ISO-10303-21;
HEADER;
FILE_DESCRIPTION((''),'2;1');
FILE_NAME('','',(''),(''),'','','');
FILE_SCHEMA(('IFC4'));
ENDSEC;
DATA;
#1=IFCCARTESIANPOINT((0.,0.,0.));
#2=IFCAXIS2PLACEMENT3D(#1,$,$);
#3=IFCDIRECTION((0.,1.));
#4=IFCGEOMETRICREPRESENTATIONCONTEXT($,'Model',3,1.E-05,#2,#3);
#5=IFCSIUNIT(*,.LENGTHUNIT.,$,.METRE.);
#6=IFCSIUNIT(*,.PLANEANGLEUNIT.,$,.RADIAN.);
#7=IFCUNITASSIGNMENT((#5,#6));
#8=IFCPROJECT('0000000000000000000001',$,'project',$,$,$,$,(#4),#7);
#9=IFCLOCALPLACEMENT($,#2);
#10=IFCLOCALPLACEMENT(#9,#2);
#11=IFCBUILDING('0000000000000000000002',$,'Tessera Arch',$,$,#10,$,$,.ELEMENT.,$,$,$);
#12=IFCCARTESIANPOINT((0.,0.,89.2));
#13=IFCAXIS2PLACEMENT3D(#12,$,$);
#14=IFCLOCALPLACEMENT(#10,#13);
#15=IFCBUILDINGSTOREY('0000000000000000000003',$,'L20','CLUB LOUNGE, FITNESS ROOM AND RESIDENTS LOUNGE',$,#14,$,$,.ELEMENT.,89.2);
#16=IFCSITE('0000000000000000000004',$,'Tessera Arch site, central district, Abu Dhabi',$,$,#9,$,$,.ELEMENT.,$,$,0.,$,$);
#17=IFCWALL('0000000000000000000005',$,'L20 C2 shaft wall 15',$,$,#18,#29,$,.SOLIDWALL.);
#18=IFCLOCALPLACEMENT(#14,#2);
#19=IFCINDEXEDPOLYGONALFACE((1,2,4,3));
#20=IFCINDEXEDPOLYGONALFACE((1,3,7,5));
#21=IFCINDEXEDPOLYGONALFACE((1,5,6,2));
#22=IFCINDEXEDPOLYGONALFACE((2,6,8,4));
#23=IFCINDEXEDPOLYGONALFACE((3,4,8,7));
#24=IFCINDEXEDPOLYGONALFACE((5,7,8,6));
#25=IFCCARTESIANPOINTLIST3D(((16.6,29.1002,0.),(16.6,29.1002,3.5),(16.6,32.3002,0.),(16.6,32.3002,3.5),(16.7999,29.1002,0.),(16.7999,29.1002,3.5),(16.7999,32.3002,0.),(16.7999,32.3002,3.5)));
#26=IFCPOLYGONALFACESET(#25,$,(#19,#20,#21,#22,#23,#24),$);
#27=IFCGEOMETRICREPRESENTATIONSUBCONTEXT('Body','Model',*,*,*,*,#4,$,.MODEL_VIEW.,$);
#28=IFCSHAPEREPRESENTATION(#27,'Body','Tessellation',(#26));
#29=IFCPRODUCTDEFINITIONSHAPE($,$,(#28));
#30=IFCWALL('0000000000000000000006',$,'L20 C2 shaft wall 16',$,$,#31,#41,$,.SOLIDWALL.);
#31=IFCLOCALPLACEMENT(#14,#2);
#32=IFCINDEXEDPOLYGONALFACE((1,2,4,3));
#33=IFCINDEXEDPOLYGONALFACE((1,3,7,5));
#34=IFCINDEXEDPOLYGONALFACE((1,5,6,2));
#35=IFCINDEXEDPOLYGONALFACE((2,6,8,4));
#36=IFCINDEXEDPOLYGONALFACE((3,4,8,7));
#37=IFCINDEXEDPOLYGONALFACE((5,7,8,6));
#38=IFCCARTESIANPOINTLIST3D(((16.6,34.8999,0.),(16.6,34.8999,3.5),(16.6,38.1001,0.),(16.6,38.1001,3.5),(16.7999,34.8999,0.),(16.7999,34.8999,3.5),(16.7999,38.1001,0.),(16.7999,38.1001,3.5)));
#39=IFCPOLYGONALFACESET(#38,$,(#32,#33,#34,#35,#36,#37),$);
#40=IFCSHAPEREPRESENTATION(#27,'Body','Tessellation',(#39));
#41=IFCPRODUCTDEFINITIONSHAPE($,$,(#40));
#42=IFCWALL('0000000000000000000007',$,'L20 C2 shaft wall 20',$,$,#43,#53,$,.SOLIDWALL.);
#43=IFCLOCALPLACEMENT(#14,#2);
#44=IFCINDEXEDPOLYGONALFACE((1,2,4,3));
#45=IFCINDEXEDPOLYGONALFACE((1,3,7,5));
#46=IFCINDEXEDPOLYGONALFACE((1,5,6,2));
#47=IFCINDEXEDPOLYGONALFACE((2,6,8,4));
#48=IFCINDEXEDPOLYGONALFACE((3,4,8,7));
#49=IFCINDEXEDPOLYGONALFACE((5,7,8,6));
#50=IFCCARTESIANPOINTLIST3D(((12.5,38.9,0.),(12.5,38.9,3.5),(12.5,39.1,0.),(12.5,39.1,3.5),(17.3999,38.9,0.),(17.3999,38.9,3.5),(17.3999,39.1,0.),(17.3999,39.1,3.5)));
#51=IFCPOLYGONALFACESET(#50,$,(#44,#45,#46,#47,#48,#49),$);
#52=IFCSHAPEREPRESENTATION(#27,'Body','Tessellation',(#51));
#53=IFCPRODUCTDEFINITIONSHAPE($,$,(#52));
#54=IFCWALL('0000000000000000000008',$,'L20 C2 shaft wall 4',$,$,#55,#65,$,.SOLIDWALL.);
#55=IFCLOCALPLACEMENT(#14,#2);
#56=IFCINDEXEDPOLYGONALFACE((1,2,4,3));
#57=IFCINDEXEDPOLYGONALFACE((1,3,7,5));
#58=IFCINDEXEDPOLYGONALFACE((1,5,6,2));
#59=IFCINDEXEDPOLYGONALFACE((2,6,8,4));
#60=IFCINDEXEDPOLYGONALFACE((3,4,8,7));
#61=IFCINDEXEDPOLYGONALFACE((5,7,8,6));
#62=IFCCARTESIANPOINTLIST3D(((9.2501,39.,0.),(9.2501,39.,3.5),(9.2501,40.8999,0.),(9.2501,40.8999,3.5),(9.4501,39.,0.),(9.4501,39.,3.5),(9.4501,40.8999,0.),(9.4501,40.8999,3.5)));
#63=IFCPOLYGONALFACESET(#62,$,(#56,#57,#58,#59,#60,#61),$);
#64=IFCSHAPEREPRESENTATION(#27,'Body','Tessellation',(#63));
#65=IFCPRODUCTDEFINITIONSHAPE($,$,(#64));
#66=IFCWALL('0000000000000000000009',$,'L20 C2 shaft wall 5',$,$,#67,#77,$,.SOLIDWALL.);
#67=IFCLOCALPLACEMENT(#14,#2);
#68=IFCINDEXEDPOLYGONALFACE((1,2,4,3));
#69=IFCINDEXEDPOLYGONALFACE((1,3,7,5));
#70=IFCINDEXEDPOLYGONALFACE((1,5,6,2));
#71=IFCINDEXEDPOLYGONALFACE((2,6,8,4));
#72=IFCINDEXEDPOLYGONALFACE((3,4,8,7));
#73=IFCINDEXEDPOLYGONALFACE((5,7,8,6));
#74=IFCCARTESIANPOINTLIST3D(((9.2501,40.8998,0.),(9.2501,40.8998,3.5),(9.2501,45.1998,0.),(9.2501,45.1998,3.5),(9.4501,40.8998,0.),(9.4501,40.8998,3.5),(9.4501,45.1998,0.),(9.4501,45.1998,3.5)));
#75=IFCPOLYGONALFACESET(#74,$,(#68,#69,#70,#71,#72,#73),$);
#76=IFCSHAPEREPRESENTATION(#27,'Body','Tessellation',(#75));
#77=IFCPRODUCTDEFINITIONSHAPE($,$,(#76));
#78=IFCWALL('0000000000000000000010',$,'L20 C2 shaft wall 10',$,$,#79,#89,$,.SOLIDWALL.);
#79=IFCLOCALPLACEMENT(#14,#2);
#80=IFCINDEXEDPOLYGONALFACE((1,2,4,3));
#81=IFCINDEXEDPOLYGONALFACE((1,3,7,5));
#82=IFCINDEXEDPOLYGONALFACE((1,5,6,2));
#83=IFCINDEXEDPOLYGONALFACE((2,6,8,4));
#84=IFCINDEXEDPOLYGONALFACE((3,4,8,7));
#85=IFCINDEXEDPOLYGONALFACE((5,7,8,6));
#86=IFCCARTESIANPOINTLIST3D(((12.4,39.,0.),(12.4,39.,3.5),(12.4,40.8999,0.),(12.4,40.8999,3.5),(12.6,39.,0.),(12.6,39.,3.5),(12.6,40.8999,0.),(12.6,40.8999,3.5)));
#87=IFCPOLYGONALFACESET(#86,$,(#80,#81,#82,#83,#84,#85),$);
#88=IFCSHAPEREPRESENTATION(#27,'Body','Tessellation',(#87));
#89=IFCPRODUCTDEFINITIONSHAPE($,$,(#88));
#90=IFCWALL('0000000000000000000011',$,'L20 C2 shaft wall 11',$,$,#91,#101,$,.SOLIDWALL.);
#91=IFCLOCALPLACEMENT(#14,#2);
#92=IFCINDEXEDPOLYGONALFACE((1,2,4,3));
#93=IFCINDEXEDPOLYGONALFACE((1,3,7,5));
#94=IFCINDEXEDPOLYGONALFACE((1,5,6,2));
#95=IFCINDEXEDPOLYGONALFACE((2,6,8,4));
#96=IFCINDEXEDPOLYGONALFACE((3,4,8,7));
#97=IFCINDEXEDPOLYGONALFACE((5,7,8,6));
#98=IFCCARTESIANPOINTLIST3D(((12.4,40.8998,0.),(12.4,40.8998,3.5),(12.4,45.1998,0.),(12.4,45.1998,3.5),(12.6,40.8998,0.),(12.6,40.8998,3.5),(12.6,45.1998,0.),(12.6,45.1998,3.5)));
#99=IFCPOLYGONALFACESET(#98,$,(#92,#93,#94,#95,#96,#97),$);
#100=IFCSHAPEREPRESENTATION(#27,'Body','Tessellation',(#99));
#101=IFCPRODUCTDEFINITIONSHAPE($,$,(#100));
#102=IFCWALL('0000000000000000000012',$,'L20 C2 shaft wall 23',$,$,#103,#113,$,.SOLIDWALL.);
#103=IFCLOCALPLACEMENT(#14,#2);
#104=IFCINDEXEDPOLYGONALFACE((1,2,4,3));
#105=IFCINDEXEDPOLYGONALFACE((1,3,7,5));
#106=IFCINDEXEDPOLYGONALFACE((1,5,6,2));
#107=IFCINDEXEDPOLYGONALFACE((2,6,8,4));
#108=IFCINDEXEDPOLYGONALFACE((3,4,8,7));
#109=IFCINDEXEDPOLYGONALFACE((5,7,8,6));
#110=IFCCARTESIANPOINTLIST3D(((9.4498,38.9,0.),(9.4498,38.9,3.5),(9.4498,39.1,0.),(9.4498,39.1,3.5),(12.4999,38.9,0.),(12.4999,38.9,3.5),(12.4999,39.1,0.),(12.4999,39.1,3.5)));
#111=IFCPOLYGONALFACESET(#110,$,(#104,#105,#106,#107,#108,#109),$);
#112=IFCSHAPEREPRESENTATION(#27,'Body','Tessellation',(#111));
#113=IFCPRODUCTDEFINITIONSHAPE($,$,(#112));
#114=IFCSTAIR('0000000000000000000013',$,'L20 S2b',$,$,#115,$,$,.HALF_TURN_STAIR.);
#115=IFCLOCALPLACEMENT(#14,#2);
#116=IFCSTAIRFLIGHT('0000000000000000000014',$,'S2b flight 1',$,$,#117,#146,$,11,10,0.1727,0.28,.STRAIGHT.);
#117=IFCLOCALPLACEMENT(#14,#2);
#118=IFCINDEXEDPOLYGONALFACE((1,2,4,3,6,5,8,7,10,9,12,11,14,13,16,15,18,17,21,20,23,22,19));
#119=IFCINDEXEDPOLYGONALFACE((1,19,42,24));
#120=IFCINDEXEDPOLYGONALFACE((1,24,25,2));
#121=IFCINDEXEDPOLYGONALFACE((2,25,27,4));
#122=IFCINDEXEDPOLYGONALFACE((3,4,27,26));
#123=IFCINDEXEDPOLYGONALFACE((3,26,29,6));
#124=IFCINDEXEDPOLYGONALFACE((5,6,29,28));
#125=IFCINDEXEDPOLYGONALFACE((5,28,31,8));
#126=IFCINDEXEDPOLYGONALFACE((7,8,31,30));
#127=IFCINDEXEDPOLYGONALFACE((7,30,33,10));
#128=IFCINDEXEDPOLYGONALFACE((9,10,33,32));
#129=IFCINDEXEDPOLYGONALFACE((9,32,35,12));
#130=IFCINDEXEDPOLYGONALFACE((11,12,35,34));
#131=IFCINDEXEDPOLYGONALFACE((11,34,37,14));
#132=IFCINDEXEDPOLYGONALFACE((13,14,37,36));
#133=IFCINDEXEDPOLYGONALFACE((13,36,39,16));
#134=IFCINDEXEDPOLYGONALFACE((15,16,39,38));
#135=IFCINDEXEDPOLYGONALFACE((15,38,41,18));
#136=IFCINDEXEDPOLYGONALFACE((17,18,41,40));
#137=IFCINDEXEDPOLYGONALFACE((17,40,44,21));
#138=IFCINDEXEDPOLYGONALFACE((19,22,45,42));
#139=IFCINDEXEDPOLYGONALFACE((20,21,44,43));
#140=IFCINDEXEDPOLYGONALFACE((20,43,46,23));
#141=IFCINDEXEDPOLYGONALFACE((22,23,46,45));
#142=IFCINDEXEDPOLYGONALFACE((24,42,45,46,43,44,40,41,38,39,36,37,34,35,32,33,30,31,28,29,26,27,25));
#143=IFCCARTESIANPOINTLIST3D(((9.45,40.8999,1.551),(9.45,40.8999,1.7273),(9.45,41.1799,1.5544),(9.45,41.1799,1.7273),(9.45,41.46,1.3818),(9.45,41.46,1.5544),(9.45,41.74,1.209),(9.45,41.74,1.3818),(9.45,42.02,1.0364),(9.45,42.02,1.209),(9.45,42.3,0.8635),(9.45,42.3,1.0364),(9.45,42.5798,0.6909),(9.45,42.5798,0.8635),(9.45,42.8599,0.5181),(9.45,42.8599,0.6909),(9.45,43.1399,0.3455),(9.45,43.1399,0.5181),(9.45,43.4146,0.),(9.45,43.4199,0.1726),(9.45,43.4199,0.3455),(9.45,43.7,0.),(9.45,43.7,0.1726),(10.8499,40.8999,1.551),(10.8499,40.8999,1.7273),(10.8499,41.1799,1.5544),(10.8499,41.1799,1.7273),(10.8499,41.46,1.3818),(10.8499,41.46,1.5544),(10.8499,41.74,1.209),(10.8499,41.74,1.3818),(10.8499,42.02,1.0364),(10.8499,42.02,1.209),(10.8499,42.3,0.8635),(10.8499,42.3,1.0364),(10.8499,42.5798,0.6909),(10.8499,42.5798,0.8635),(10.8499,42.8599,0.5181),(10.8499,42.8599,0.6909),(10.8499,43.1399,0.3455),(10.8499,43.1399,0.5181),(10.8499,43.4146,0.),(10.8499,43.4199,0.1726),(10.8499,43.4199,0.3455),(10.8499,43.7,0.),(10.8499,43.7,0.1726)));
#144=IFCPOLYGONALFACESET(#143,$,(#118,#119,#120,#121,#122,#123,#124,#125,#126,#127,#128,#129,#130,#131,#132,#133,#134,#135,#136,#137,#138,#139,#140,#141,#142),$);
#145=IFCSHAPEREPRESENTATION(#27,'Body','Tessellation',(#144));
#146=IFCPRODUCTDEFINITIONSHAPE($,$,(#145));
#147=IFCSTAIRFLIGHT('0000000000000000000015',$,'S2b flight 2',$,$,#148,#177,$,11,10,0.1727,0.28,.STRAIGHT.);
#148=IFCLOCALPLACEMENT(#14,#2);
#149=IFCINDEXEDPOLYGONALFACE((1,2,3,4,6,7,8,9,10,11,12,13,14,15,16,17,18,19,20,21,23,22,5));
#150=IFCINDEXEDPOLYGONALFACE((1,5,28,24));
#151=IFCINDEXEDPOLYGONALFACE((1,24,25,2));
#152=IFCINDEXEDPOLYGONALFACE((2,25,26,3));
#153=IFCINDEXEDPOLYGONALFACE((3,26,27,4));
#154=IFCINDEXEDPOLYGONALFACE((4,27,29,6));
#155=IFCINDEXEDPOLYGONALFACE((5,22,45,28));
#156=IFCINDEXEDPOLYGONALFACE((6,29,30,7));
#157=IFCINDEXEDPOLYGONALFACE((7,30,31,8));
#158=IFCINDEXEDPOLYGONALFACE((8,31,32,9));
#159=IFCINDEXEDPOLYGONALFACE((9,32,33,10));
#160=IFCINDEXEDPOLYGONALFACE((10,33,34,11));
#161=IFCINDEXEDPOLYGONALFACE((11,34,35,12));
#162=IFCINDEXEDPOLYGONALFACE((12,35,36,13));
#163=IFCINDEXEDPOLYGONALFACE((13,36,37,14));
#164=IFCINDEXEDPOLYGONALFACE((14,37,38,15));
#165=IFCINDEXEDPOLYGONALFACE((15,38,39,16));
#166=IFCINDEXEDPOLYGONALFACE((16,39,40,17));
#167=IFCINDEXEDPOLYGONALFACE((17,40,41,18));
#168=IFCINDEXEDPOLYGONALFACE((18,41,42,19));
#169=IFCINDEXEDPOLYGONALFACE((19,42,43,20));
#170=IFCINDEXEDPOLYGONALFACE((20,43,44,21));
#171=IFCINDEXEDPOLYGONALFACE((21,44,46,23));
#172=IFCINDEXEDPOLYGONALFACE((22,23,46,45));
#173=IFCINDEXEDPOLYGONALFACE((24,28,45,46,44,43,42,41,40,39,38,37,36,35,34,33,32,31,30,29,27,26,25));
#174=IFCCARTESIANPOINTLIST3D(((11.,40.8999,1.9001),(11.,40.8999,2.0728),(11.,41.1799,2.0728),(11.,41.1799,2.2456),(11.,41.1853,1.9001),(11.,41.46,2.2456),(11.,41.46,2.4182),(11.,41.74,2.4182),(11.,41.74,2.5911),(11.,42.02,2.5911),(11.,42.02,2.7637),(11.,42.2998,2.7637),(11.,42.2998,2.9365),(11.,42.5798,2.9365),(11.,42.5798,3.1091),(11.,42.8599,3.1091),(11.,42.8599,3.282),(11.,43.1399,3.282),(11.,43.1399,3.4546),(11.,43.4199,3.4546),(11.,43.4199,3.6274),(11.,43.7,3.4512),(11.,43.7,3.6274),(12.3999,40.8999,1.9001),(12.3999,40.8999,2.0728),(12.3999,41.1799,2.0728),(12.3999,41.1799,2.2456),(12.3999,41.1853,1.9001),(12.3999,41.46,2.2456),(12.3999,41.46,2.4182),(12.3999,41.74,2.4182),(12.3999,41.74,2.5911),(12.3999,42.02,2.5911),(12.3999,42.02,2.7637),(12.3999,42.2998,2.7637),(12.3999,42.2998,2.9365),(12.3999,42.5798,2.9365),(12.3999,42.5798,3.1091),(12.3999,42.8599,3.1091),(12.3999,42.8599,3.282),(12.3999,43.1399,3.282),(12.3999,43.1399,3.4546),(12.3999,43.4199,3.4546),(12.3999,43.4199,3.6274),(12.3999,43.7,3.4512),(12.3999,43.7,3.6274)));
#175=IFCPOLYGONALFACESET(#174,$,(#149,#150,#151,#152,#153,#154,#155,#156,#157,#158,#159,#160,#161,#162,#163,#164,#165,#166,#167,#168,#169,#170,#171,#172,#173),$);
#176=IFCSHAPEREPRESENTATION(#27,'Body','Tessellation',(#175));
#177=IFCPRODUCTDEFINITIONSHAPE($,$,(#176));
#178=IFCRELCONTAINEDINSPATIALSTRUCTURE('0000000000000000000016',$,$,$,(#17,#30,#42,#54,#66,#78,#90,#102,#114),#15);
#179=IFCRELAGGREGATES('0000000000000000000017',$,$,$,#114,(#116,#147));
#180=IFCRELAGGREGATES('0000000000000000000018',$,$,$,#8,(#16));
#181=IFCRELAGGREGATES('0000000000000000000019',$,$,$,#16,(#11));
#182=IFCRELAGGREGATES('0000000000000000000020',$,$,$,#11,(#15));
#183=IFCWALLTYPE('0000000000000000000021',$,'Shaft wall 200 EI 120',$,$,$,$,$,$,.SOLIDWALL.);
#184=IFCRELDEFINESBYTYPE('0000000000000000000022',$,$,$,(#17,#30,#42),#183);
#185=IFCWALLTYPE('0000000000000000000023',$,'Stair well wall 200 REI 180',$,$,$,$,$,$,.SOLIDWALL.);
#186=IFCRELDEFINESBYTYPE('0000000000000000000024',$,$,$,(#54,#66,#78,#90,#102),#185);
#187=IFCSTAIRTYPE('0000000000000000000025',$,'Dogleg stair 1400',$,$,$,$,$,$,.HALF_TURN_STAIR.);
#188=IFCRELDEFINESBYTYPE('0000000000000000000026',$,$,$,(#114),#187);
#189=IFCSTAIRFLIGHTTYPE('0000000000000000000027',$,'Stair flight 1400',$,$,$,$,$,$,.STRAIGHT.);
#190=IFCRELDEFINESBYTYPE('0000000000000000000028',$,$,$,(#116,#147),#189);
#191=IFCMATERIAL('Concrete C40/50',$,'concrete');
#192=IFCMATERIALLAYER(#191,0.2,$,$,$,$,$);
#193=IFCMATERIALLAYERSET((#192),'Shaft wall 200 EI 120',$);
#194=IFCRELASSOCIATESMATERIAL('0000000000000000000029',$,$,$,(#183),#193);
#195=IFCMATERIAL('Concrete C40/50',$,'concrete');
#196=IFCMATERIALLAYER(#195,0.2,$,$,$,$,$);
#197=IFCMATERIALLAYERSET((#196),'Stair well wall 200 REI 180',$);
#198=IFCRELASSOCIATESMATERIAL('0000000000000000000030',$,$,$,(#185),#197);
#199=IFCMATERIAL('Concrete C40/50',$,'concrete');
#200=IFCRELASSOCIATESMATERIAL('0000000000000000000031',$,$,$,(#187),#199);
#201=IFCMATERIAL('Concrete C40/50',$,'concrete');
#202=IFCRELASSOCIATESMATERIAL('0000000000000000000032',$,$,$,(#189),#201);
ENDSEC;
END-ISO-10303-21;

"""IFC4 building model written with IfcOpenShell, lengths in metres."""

from ifc_helpers import new_model, si_unit, direction, frame, frame_2d, origin, place, context, subcontext, project, spatial, polyline, rectangle, outline, extrude, material, layer, layer_set, type_object, element, aggregate, save


model = new_model("IFC4")

# Units and contexts
model_context = context("Model", 3, precision=1e-05, world=origin(), true_north=direction((0.0, 1.0)))
body_context = subcontext(model_context, "Body", "Model", "MODEL_VIEW")
ifc_project = project(units=[si_unit("LENGTHUNIT", "METRE"), si_unit("PLANEANGLEUNIT", "RADIAN")], contexts=[model_context])

# Site, building, storey
site_placement = place(None, origin())
site = spatial("IfcSite", under=ifc_project, at=site_placement, Name="Tessera Arch site, central district, Abu Dhabi", CompositionType="ELEMENT", RefElevation=0.0)
building_placement = place(site_placement, origin())
building = spatial("IfcBuilding", under=site, at=building_placement, Name="Tessera Arch", CompositionType="ELEMENT")
storey_placement = place(building_placement, frame((0.0, 0.0, 89.2)))
storey = spatial("IfcBuildingStorey", under=building, at=storey_placement, Name="L20", Description="CLUB LOUNGE, FITNESS ROOM AND RESIDENTS LOUNGE", CompositionType="ELEMENT", Elevation=89.2)

# Walls
ifc_material_1 = material(Name="Concrete C40/50", Category="concrete")
ifc_layer_1 = layer(ifc_material_1, 0.2)
ifc_layer_set_1 = layer_set([ifc_layer_1], Name="Shaft wall 200 EI 120")
wall_type_1 = type_object("IfcWallType", Name="Shaft wall 200 EI 120", PredefinedType="SOLIDWALL", material=ifc_layer_set_1)
wall_1_placement = place(storey_placement, frame((16.7, 29.1001, 0.0), z_axis=(0.0, 0.0, 1.0), x_axis=(0.0, 1.0, 0.0)))
element("IfcWall", 1, at=wall_1_placement, inside=storey, type_object=wall_type_1, Name="L20 C2 shaft wall 15", PredefinedType="SOLIDWALL", context=body_context, shape_type="SweptSolid", body=[
    extrude(rectangle(XDim=3.2, YDim=0.2, at=frame_2d((1.6001, 0.0))), origin(), (0.0, 0.0, 1.0), 3.5),
])
wall_2_placement = place(storey_placement, frame((16.7, 34.8999, 0.0), z_axis=(0.0, 0.0, 1.0), x_axis=(0.0, 1.0, 0.0)))
element("IfcWall", 2, at=wall_2_placement, inside=storey, type_object=wall_type_1, Name="L20 C2 shaft wall 16", PredefinedType="SOLIDWALL", context=body_context, shape_type="SweptSolid", body=[
    extrude(rectangle(XDim=3.2002, YDim=0.2, at=frame_2d((1.6001, 0.0))), origin(), (0.0, 0.0, 1.0), 3.5),
])
wall_3_placement = place(storey_placement, frame((12.5, 39.0, 0.0), z_axis=(0.0, 0.0, 1.0), x_axis=(1.0, 0.0, 0.0)))
element("IfcWall", 3, at=wall_3_placement, inside=storey, type_object=wall_type_1, Name="L20 C2 shaft wall 20", PredefinedType="SOLIDWALL", context=body_context, shape_type="SweptSolid", body=[
    extrude(rectangle(XDim=4.8999, YDim=0.2, at=frame_2d((2.45, 0.0))), origin(), (0.0, 0.0, 1.0), 3.5),
])
ifc_material_2 = material(Name="Concrete C40/50", Category="concrete")
ifc_layer_2 = layer(ifc_material_2, 0.2)
ifc_layer_set_2 = layer_set([ifc_layer_2], Name="Stair well wall 200 REI 180")
wall_type_2 = type_object("IfcWallType", Name="Stair well wall 200 REI 180", PredefinedType="SOLIDWALL", material=ifc_layer_set_2)
wall_4_placement = place(storey_placement, frame((9.3501, 39.0, 0.0), z_axis=(0.0, 0.0, 1.0), x_axis=(0.0, 1.0, 0.0)))
element("IfcWall", 4, at=wall_4_placement, inside=storey, type_object=wall_type_2, Name="L20 C2 shaft wall 4", PredefinedType="SOLIDWALL", context=body_context, shape_type="SweptSolid", body=[
    extrude(rectangle(XDim=1.8999, YDim=0.2, at=frame_2d((0.95, 0.0))), origin(), (0.0, 0.0, 1.0), 3.5),
])
wall_5_placement = place(storey_placement, frame((9.3501, 40.8999, 0.0), z_axis=(0.0, 0.0, 1.0), x_axis=(0.0, 1.0, 0.0)))
element("IfcWall", 5, at=wall_5_placement, inside=storey, type_object=wall_type_2, Name="L20 C2 shaft wall 5", PredefinedType="SOLIDWALL", context=body_context, shape_type="SweptSolid", body=[
    extrude(rectangle(XDim=4.3, YDim=0.2, at=frame_2d((2.1499, 0.0))), origin(), (0.0, 0.0, 1.0), 3.5),
])
wall_6_placement = place(storey_placement, frame((12.5, 39.0, 0.0), z_axis=(0.0, 0.0, 1.0), x_axis=(0.0, 1.0, 0.0)))
element("IfcWall", 6, at=wall_6_placement, inside=storey, type_object=wall_type_2, Name="L20 C2 shaft wall 10", PredefinedType="SOLIDWALL", context=body_context, shape_type="SweptSolid", body=[
    extrude(rectangle(XDim=1.8999, YDim=0.2, at=frame_2d((0.95, 0.0))), origin(), (0.0, 0.0, 1.0), 3.5),
])
wall_7_placement = place(storey_placement, frame((12.5, 40.8999, 0.0), z_axis=(0.0, 0.0, 1.0), x_axis=(0.0, 1.0, 0.0)))
element("IfcWall", 7, at=wall_7_placement, inside=storey, type_object=wall_type_2, Name="L20 C2 shaft wall 11", PredefinedType="SOLIDWALL", context=body_context, shape_type="SweptSolid", body=[
    extrude(rectangle(XDim=4.3, YDim=0.2, at=frame_2d((2.1499, 0.0))), origin(), (0.0, 0.0, 1.0), 3.5),
])
wall_8_placement = place(storey_placement, frame((9.45, 39.0, 0.0), z_axis=(0.0, 0.0, 1.0), x_axis=(1.0, 0.0, 0.0)))
element("IfcWall", 8, at=wall_8_placement, inside=storey, type_object=wall_type_2, Name="L20 C2 shaft wall 23", PredefinedType="SOLIDWALL", context=body_context, shape_type="SweptSolid", body=[
    extrude(rectangle(XDim=3.05, YDim=0.2, at=frame_2d((1.5249, 0.0))), origin(), (0.0, 0.0, 1.0), 3.5),
])

# Stair, stair flights
ifc_material_3 = material(Name="Concrete C40/50", Category="concrete")
stair_type = type_object("IfcStairType", Name="Dogleg stair 1400", PredefinedType="HALF_TURN_STAIR", material=ifc_material_3)
stair_placement = place(storey_placement, origin())
stair = element("IfcStair", 9, at=stair_placement, inside=storey, type_object=stair_type, Name="L20 S2b", PredefinedType="HALF_TURN_STAIR")
ifc_material_4 = material(Name="Concrete C40/50", Category="concrete")
stair_flight_type = type_object("IfcStairFlightType", Name="Stair flight 1400", PredefinedType="STRAIGHT", material=ifc_material_4)
stair_flight_1_placement = place(storey_placement, frame((10.1499, 43.7, 0.0), z_axis=(0.0, 0.0, 1.0), x_axis=(0.0, -1.0, 0.0)))
stair_flight_1 = element("IfcStairFlight", 10, at=stair_flight_1_placement, type_object=stair_flight_type, Name="S2b flight 1", NumberOfRisers=11, NumberOfTreads=10, PredefinedType="STRAIGHT", RiserHeight=0.1727, TreadLength=0.28, context=body_context, shape_type="SweptSolid", body=[
    extrude(outline(polyline([(0.0, 0.0), (0.0, 0.1726), (0.28, 0.1726), (0.28, 0.3455), (0.5601, 0.3455), (0.5601, 0.5181), (0.8401, 0.5181), (0.8401, 0.6909), (1.1201, 0.6909), (1.1201, 0.8635), (1.3999, 0.8635), (1.3999, 1.0364), (1.6799, 1.0364), (1.6799, 1.209), (1.96, 1.209), (1.96, 1.3818), (2.24, 1.3818), (2.24, 1.5544), (2.52, 1.5544), (2.52, 1.7273), (2.8, 1.7273), (2.8, 1.8999), (2.8, 1.551), (0.2854, 0.0), (0.0, 0.0)])), frame((0.0, 0.7, 0.0), z_axis=(0.0, -1.0, 0.0), x_axis=(1.0, 0.0, 0.0)), (0.0, 0.0, 1.0), 1.3999),
])
stair_flight_2_placement = place(storey_placement, frame((11.7, 40.8999, 1.9001), z_axis=(0.0, 0.0, 1.0), x_axis=(0.0, 1.0, 0.0)))
stair_flight_2 = element("IfcStairFlight", 11, at=stair_flight_2_placement, type_object=stair_flight_type, Name="S2b flight 2", NumberOfRisers=11, NumberOfTreads=10, PredefinedType="STRAIGHT", RiserHeight=0.1727, TreadLength=0.28, context=body_context, shape_type="SweptSolid", body=[
    extrude(outline(polyline([(0.0, 0.0), (0.0, 0.1726), (0.28, 0.1726), (0.28, 0.3455), (0.5601, 0.3455), (0.5601, 0.5181), (0.8401, 0.5181), (0.8401, 0.6909), (1.1201, 0.6909), (1.1201, 0.8635), (1.3999, 0.8635), (1.3999, 1.0364), (1.6799, 1.0364), (1.6799, 1.209), (1.96, 1.209), (1.96, 1.3818), (2.24, 1.3818), (2.24, 1.5544), (2.52, 1.5544), (2.52, 1.7273), (2.8, 1.7273), (2.8, 1.8999), (2.8, 1.551), (0.2854, 0.0), (0.0, 0.0)])), frame((0.0, 0.7, 0.0), z_axis=(0.0, -1.0, 0.0), x_axis=(1.0, 0.0, 0.0)), (0.0, 0.0, 1.0), 1.3999),
])
aggregate(stair, [stair_flight_1, stair_flight_2])

save(model, "model.ifc")
